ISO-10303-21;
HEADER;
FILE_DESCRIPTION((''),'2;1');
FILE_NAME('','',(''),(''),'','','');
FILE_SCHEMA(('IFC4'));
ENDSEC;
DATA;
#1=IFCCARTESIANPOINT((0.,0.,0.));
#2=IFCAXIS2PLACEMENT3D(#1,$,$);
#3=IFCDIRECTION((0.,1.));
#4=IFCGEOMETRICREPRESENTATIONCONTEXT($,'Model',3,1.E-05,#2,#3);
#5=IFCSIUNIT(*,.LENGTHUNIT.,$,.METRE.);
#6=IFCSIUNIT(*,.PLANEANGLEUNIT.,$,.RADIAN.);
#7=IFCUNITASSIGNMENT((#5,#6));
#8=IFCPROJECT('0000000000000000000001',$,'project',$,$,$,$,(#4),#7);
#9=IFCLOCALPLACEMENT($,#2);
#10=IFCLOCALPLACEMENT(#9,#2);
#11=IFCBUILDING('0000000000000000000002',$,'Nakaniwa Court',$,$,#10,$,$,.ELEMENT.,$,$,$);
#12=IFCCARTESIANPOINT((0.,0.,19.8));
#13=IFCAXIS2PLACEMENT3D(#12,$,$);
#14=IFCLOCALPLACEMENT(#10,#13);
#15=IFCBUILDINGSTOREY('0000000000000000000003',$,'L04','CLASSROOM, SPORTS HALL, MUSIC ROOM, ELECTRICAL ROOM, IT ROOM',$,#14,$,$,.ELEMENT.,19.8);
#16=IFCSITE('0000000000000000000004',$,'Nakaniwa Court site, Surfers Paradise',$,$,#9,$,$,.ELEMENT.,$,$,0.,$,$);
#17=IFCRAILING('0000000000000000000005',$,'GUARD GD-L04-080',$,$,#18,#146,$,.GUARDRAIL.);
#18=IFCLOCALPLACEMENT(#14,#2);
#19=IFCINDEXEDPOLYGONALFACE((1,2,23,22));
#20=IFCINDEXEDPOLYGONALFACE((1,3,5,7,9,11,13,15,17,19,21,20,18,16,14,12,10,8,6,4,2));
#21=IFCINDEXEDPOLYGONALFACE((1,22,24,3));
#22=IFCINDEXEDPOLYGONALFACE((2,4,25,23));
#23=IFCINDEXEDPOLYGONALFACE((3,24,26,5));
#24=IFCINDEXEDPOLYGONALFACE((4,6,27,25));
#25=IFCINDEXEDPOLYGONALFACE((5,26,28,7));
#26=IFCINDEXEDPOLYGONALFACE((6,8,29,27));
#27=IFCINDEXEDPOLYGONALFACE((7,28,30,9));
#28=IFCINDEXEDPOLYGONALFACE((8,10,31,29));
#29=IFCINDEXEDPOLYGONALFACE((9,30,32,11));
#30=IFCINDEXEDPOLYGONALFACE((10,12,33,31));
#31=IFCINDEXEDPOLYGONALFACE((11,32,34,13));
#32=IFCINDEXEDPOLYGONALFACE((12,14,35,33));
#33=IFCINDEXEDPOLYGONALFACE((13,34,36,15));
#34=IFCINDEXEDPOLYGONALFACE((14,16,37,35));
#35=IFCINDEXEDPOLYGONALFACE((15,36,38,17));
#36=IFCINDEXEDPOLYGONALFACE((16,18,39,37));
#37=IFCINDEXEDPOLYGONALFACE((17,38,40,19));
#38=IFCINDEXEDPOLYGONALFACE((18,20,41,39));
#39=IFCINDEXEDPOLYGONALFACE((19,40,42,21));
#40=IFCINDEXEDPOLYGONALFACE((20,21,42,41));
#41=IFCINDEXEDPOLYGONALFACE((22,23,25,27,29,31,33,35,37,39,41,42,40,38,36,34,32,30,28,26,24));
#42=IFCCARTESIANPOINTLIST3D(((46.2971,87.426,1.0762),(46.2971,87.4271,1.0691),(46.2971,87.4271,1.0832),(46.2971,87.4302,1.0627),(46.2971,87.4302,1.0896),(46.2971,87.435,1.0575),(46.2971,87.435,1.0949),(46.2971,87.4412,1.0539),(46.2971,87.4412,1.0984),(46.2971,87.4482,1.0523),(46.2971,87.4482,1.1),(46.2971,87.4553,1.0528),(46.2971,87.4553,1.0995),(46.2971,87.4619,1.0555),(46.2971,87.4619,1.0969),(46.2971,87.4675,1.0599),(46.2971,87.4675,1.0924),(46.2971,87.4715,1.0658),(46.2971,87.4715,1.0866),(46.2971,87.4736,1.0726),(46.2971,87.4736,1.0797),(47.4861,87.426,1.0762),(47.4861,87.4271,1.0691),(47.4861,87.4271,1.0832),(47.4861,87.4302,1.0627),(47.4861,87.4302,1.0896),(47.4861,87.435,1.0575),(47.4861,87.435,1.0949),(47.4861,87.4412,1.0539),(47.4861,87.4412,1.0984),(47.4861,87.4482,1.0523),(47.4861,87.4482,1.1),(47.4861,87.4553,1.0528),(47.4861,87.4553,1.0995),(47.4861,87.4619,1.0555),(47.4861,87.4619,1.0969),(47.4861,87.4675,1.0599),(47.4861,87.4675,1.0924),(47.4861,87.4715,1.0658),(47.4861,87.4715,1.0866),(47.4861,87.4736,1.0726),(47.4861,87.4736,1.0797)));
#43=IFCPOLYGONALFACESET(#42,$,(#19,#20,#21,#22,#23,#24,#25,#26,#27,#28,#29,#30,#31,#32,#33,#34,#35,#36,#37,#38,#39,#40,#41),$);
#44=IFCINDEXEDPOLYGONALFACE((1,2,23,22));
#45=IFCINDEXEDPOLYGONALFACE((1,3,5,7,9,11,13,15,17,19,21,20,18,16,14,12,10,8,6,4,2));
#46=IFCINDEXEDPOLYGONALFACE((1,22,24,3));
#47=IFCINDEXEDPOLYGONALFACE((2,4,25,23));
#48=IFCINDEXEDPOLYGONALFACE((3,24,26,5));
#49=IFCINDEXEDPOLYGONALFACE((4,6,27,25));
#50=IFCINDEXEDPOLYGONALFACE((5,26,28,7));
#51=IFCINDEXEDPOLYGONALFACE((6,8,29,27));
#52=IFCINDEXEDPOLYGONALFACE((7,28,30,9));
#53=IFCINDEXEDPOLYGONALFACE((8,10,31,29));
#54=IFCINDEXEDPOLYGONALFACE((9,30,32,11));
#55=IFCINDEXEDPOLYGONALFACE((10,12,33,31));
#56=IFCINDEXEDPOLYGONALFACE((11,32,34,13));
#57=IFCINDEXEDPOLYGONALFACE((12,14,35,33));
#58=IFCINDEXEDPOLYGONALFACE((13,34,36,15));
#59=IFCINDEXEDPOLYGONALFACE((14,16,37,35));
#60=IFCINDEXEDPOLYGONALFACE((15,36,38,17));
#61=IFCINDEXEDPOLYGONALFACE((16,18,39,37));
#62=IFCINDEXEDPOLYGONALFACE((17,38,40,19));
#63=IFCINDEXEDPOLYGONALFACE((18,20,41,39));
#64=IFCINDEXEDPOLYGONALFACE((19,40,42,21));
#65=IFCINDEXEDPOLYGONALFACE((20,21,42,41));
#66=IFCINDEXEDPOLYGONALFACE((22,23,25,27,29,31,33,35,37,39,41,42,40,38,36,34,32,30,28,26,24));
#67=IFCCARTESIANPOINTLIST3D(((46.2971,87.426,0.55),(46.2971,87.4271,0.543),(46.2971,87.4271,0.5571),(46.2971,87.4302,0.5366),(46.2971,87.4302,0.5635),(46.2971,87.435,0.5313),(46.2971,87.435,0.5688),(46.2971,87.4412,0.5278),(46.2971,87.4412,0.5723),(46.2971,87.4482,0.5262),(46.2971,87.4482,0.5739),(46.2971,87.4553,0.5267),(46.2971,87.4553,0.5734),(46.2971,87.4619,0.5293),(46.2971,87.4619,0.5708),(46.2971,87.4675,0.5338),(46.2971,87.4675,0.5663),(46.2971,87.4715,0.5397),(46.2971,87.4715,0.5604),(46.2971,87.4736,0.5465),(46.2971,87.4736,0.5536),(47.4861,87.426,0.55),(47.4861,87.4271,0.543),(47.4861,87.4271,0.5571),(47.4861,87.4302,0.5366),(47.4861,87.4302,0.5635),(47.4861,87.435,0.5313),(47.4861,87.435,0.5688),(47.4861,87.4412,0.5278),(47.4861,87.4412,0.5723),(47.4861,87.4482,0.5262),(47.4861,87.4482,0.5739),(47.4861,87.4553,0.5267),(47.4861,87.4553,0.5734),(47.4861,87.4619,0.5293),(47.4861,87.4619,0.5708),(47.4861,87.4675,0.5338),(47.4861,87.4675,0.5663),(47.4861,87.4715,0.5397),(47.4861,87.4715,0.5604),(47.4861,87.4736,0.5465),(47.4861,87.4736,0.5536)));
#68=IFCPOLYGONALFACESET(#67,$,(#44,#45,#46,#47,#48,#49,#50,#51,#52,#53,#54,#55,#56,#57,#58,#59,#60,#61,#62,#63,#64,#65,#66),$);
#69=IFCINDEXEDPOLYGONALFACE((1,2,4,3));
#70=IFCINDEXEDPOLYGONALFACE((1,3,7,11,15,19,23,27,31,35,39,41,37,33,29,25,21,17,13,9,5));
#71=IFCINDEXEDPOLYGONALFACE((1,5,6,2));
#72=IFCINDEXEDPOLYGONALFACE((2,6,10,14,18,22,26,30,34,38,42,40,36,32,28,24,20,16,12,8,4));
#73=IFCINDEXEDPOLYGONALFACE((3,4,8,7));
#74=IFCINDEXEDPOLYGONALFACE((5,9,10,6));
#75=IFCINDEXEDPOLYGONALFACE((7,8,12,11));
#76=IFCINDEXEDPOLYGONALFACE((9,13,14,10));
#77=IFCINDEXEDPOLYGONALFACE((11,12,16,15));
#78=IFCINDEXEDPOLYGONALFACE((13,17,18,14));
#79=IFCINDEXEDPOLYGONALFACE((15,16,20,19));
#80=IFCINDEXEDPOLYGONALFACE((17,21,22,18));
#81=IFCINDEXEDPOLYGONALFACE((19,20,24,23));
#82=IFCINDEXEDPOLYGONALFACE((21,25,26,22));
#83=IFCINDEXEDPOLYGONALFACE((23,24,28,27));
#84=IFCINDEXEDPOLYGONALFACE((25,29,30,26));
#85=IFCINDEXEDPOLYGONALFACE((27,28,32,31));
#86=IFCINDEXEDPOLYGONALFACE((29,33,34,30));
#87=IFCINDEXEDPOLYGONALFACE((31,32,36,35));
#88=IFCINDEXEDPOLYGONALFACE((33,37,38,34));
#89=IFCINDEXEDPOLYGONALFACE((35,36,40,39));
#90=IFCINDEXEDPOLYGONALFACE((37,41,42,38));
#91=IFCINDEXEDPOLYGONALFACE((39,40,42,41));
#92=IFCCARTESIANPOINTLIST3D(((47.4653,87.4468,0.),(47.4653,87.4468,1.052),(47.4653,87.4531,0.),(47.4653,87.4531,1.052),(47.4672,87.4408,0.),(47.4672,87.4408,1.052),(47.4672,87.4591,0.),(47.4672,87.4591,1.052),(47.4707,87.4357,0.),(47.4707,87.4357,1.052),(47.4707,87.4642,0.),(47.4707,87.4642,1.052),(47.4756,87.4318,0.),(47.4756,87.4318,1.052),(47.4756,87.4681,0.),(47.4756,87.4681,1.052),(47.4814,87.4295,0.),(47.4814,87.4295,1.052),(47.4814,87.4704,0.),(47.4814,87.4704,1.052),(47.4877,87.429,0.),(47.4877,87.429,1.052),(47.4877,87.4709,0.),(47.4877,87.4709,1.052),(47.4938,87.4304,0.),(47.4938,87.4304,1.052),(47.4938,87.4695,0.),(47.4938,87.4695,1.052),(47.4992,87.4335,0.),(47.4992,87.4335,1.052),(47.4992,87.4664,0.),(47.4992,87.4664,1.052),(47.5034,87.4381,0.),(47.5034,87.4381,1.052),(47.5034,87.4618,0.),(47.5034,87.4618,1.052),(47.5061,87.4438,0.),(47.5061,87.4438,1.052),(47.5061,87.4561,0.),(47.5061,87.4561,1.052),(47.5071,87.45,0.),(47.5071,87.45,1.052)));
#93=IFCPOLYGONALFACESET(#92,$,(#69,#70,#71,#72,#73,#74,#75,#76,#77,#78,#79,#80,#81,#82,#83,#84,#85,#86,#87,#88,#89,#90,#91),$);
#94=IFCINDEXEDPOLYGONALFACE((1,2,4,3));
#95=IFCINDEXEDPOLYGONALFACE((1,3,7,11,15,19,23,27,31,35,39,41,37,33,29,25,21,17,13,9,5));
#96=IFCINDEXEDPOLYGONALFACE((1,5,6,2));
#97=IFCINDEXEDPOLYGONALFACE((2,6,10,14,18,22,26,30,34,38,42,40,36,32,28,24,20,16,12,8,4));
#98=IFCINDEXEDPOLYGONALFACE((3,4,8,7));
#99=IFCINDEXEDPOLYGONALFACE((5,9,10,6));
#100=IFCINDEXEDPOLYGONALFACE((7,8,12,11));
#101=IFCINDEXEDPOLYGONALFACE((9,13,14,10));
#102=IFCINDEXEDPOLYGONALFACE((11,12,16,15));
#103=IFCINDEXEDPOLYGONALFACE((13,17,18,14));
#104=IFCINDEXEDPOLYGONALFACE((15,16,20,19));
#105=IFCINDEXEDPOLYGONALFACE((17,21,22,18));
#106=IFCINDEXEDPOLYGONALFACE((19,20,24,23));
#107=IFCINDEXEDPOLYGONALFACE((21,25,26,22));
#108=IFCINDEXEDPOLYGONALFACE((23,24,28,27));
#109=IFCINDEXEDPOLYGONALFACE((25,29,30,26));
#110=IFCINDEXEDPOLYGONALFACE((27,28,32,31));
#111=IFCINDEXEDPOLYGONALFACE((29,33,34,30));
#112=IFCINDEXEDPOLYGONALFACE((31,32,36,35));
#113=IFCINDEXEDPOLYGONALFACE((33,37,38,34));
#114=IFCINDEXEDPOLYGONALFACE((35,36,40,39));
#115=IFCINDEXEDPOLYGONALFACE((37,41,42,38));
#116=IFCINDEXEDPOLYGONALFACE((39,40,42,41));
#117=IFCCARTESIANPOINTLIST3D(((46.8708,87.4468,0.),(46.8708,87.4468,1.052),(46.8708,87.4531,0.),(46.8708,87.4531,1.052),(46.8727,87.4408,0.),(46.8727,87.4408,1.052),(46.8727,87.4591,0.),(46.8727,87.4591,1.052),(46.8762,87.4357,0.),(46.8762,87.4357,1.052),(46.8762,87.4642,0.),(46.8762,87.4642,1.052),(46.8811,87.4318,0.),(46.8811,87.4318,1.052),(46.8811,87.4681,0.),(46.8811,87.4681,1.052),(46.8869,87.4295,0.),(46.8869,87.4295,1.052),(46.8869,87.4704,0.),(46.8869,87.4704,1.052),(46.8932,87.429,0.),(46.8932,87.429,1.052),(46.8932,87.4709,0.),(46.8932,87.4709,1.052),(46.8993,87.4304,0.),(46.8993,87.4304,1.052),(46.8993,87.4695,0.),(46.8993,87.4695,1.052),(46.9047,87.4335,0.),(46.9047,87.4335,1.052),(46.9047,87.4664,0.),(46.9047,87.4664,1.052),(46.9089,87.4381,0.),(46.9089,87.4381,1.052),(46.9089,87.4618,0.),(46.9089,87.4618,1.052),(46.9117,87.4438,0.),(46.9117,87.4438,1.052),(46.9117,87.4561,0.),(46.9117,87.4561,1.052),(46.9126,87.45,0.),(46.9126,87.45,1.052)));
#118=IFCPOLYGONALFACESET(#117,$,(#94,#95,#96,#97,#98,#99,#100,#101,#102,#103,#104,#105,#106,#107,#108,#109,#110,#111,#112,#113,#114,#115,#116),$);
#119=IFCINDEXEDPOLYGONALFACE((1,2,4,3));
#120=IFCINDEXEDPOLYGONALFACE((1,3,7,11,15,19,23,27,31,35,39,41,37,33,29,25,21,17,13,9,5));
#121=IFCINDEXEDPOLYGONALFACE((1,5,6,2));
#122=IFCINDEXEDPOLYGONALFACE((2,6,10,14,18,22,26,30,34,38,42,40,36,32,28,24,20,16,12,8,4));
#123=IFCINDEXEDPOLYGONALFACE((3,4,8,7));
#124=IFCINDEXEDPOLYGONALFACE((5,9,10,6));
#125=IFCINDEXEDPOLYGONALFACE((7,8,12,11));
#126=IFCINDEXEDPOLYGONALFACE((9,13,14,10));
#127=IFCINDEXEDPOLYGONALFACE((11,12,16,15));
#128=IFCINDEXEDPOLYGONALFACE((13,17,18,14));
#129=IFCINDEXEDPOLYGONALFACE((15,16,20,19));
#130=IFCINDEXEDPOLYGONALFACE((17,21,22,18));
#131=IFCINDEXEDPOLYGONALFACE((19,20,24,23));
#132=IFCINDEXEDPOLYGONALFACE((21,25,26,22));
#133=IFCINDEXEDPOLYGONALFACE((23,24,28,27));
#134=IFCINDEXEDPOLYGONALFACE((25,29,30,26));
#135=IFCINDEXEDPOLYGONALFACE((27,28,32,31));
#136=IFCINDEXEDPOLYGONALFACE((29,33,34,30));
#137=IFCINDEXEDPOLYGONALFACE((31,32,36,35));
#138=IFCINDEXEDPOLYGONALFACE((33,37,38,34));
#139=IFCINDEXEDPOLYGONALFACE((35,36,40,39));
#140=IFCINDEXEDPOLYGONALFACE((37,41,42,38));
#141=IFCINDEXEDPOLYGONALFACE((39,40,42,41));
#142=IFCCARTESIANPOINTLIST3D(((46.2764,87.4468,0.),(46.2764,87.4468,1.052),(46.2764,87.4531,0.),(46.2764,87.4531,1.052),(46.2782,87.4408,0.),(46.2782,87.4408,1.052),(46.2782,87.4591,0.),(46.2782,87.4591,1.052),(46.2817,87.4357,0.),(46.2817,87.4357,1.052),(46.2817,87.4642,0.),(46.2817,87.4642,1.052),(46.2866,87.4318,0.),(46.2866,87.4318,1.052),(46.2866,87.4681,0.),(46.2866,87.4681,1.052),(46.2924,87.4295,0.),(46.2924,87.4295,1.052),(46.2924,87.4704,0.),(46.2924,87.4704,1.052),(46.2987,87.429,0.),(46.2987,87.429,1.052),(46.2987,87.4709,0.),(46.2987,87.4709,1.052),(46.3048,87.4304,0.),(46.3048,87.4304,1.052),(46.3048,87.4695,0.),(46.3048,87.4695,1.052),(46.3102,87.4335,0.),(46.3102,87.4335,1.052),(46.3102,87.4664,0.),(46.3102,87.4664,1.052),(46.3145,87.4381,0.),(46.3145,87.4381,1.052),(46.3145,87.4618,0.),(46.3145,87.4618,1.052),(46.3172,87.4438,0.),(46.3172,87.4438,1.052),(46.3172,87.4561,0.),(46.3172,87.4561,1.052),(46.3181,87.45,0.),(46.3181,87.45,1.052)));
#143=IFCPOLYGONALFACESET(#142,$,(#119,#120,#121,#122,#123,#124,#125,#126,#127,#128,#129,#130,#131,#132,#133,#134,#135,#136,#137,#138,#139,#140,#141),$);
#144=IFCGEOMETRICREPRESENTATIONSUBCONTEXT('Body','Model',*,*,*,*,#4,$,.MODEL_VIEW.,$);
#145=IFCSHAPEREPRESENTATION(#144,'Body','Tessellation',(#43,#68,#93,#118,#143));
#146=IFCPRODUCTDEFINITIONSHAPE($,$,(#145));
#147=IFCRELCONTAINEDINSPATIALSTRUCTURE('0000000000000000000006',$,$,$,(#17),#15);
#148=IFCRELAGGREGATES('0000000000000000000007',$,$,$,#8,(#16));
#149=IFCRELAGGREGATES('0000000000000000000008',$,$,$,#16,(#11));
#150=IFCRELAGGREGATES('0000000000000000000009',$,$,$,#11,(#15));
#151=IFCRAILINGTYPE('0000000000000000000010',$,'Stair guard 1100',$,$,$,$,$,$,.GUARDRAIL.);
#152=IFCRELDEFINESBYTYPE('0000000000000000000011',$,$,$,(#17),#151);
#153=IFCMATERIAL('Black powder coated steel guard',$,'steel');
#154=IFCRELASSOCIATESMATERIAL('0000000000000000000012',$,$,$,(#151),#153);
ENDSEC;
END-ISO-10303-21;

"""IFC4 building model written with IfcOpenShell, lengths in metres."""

from ifc_helpers import new_model, si_unit, direction, frame, origin, origin_2d, place, context, subcontext, project, spatial, circle, extrude, material, type_object, element, save


model = new_model("IFC4")

# Units and contexts
model_context = context("Model", 3, precision=1e-05, world=origin(), true_north=direction((0.0, 1.0)))
body_context = subcontext(model_context, "Body", "Model", "MODEL_VIEW")
ifc_project = project(units=[si_unit("LENGTHUNIT", "METRE"), si_unit("PLANEANGLEUNIT", "RADIAN")], contexts=[model_context])

# Site, building, storey
site_placement = place(None, origin())
site = spatial("IfcSite", under=ifc_project, at=site_placement, Name="Nakaniwa Court site, Surfers Paradise", CompositionType="ELEMENT", RefElevation=0.0)
building_placement = place(site_placement, origin())
building = spatial("IfcBuilding", under=site, at=building_placement, Name="Nakaniwa Court", CompositionType="ELEMENT")
storey_placement = place(building_placement, frame((0.0, 0.0, 19.8)))
storey = spatial("IfcBuildingStorey", under=building, at=storey_placement, Name="L04", Description="CLASSROOM, SPORTS HALL, MUSIC ROOM, ELECTRICAL ROOM, IT ROOM", CompositionType="ELEMENT", Elevation=19.8)

# Railing
ifc_material_1 = material(Name="Black powder coated steel guard", Category="steel")
railing_type = type_object("IfcRailingType", Name="Stair guard 1100", PredefinedType="GUARDRAIL", material=ifc_material_1)
railing_1_placement = place(storey_placement, frame((47.4861, 87.45, 0.0)))
element("IfcRailing", 1, at=railing_1_placement, inside=storey, type_object=railing_type, Name="GUARD GD-L04-080", PredefinedType="GUARDRAIL", context=body_context, shape_type="SweptSolid", body=[
    extrude(circle(Radius=0.0239, at=origin_2d()), frame((0.0, 0.0, 1.0762), z_axis=(-1.0, 0.0, 0.0), x_axis=(0.0, -1.0, 0.0)), (0.0, 0.0, 1.0), 1.189),
    extrude(circle(Radius=0.0239, at=origin_2d()), frame((0.0, 0.0, 0.55), z_axis=(-1.0, 0.0, 0.0), x_axis=(0.0, -1.0, 0.0)), (0.0, 0.0, 1.0), 1.189),
    extrude(circle(Radius=0.021, at=origin_2d()), origin(), (0.0, 0.0, 1.0), 1.052),
    extrude(circle(Radius=0.021, at=origin_2d()), frame((-0.5945, 0.0, 0.0)), (0.0, 0.0, 1.0), 1.052),
    extrude(circle(Radius=0.021, at=origin_2d()), frame((-1.189, 0.0, 0.0)), (0.0, 0.0, 1.0), 1.052),
])

save(model, "model.ifc")
